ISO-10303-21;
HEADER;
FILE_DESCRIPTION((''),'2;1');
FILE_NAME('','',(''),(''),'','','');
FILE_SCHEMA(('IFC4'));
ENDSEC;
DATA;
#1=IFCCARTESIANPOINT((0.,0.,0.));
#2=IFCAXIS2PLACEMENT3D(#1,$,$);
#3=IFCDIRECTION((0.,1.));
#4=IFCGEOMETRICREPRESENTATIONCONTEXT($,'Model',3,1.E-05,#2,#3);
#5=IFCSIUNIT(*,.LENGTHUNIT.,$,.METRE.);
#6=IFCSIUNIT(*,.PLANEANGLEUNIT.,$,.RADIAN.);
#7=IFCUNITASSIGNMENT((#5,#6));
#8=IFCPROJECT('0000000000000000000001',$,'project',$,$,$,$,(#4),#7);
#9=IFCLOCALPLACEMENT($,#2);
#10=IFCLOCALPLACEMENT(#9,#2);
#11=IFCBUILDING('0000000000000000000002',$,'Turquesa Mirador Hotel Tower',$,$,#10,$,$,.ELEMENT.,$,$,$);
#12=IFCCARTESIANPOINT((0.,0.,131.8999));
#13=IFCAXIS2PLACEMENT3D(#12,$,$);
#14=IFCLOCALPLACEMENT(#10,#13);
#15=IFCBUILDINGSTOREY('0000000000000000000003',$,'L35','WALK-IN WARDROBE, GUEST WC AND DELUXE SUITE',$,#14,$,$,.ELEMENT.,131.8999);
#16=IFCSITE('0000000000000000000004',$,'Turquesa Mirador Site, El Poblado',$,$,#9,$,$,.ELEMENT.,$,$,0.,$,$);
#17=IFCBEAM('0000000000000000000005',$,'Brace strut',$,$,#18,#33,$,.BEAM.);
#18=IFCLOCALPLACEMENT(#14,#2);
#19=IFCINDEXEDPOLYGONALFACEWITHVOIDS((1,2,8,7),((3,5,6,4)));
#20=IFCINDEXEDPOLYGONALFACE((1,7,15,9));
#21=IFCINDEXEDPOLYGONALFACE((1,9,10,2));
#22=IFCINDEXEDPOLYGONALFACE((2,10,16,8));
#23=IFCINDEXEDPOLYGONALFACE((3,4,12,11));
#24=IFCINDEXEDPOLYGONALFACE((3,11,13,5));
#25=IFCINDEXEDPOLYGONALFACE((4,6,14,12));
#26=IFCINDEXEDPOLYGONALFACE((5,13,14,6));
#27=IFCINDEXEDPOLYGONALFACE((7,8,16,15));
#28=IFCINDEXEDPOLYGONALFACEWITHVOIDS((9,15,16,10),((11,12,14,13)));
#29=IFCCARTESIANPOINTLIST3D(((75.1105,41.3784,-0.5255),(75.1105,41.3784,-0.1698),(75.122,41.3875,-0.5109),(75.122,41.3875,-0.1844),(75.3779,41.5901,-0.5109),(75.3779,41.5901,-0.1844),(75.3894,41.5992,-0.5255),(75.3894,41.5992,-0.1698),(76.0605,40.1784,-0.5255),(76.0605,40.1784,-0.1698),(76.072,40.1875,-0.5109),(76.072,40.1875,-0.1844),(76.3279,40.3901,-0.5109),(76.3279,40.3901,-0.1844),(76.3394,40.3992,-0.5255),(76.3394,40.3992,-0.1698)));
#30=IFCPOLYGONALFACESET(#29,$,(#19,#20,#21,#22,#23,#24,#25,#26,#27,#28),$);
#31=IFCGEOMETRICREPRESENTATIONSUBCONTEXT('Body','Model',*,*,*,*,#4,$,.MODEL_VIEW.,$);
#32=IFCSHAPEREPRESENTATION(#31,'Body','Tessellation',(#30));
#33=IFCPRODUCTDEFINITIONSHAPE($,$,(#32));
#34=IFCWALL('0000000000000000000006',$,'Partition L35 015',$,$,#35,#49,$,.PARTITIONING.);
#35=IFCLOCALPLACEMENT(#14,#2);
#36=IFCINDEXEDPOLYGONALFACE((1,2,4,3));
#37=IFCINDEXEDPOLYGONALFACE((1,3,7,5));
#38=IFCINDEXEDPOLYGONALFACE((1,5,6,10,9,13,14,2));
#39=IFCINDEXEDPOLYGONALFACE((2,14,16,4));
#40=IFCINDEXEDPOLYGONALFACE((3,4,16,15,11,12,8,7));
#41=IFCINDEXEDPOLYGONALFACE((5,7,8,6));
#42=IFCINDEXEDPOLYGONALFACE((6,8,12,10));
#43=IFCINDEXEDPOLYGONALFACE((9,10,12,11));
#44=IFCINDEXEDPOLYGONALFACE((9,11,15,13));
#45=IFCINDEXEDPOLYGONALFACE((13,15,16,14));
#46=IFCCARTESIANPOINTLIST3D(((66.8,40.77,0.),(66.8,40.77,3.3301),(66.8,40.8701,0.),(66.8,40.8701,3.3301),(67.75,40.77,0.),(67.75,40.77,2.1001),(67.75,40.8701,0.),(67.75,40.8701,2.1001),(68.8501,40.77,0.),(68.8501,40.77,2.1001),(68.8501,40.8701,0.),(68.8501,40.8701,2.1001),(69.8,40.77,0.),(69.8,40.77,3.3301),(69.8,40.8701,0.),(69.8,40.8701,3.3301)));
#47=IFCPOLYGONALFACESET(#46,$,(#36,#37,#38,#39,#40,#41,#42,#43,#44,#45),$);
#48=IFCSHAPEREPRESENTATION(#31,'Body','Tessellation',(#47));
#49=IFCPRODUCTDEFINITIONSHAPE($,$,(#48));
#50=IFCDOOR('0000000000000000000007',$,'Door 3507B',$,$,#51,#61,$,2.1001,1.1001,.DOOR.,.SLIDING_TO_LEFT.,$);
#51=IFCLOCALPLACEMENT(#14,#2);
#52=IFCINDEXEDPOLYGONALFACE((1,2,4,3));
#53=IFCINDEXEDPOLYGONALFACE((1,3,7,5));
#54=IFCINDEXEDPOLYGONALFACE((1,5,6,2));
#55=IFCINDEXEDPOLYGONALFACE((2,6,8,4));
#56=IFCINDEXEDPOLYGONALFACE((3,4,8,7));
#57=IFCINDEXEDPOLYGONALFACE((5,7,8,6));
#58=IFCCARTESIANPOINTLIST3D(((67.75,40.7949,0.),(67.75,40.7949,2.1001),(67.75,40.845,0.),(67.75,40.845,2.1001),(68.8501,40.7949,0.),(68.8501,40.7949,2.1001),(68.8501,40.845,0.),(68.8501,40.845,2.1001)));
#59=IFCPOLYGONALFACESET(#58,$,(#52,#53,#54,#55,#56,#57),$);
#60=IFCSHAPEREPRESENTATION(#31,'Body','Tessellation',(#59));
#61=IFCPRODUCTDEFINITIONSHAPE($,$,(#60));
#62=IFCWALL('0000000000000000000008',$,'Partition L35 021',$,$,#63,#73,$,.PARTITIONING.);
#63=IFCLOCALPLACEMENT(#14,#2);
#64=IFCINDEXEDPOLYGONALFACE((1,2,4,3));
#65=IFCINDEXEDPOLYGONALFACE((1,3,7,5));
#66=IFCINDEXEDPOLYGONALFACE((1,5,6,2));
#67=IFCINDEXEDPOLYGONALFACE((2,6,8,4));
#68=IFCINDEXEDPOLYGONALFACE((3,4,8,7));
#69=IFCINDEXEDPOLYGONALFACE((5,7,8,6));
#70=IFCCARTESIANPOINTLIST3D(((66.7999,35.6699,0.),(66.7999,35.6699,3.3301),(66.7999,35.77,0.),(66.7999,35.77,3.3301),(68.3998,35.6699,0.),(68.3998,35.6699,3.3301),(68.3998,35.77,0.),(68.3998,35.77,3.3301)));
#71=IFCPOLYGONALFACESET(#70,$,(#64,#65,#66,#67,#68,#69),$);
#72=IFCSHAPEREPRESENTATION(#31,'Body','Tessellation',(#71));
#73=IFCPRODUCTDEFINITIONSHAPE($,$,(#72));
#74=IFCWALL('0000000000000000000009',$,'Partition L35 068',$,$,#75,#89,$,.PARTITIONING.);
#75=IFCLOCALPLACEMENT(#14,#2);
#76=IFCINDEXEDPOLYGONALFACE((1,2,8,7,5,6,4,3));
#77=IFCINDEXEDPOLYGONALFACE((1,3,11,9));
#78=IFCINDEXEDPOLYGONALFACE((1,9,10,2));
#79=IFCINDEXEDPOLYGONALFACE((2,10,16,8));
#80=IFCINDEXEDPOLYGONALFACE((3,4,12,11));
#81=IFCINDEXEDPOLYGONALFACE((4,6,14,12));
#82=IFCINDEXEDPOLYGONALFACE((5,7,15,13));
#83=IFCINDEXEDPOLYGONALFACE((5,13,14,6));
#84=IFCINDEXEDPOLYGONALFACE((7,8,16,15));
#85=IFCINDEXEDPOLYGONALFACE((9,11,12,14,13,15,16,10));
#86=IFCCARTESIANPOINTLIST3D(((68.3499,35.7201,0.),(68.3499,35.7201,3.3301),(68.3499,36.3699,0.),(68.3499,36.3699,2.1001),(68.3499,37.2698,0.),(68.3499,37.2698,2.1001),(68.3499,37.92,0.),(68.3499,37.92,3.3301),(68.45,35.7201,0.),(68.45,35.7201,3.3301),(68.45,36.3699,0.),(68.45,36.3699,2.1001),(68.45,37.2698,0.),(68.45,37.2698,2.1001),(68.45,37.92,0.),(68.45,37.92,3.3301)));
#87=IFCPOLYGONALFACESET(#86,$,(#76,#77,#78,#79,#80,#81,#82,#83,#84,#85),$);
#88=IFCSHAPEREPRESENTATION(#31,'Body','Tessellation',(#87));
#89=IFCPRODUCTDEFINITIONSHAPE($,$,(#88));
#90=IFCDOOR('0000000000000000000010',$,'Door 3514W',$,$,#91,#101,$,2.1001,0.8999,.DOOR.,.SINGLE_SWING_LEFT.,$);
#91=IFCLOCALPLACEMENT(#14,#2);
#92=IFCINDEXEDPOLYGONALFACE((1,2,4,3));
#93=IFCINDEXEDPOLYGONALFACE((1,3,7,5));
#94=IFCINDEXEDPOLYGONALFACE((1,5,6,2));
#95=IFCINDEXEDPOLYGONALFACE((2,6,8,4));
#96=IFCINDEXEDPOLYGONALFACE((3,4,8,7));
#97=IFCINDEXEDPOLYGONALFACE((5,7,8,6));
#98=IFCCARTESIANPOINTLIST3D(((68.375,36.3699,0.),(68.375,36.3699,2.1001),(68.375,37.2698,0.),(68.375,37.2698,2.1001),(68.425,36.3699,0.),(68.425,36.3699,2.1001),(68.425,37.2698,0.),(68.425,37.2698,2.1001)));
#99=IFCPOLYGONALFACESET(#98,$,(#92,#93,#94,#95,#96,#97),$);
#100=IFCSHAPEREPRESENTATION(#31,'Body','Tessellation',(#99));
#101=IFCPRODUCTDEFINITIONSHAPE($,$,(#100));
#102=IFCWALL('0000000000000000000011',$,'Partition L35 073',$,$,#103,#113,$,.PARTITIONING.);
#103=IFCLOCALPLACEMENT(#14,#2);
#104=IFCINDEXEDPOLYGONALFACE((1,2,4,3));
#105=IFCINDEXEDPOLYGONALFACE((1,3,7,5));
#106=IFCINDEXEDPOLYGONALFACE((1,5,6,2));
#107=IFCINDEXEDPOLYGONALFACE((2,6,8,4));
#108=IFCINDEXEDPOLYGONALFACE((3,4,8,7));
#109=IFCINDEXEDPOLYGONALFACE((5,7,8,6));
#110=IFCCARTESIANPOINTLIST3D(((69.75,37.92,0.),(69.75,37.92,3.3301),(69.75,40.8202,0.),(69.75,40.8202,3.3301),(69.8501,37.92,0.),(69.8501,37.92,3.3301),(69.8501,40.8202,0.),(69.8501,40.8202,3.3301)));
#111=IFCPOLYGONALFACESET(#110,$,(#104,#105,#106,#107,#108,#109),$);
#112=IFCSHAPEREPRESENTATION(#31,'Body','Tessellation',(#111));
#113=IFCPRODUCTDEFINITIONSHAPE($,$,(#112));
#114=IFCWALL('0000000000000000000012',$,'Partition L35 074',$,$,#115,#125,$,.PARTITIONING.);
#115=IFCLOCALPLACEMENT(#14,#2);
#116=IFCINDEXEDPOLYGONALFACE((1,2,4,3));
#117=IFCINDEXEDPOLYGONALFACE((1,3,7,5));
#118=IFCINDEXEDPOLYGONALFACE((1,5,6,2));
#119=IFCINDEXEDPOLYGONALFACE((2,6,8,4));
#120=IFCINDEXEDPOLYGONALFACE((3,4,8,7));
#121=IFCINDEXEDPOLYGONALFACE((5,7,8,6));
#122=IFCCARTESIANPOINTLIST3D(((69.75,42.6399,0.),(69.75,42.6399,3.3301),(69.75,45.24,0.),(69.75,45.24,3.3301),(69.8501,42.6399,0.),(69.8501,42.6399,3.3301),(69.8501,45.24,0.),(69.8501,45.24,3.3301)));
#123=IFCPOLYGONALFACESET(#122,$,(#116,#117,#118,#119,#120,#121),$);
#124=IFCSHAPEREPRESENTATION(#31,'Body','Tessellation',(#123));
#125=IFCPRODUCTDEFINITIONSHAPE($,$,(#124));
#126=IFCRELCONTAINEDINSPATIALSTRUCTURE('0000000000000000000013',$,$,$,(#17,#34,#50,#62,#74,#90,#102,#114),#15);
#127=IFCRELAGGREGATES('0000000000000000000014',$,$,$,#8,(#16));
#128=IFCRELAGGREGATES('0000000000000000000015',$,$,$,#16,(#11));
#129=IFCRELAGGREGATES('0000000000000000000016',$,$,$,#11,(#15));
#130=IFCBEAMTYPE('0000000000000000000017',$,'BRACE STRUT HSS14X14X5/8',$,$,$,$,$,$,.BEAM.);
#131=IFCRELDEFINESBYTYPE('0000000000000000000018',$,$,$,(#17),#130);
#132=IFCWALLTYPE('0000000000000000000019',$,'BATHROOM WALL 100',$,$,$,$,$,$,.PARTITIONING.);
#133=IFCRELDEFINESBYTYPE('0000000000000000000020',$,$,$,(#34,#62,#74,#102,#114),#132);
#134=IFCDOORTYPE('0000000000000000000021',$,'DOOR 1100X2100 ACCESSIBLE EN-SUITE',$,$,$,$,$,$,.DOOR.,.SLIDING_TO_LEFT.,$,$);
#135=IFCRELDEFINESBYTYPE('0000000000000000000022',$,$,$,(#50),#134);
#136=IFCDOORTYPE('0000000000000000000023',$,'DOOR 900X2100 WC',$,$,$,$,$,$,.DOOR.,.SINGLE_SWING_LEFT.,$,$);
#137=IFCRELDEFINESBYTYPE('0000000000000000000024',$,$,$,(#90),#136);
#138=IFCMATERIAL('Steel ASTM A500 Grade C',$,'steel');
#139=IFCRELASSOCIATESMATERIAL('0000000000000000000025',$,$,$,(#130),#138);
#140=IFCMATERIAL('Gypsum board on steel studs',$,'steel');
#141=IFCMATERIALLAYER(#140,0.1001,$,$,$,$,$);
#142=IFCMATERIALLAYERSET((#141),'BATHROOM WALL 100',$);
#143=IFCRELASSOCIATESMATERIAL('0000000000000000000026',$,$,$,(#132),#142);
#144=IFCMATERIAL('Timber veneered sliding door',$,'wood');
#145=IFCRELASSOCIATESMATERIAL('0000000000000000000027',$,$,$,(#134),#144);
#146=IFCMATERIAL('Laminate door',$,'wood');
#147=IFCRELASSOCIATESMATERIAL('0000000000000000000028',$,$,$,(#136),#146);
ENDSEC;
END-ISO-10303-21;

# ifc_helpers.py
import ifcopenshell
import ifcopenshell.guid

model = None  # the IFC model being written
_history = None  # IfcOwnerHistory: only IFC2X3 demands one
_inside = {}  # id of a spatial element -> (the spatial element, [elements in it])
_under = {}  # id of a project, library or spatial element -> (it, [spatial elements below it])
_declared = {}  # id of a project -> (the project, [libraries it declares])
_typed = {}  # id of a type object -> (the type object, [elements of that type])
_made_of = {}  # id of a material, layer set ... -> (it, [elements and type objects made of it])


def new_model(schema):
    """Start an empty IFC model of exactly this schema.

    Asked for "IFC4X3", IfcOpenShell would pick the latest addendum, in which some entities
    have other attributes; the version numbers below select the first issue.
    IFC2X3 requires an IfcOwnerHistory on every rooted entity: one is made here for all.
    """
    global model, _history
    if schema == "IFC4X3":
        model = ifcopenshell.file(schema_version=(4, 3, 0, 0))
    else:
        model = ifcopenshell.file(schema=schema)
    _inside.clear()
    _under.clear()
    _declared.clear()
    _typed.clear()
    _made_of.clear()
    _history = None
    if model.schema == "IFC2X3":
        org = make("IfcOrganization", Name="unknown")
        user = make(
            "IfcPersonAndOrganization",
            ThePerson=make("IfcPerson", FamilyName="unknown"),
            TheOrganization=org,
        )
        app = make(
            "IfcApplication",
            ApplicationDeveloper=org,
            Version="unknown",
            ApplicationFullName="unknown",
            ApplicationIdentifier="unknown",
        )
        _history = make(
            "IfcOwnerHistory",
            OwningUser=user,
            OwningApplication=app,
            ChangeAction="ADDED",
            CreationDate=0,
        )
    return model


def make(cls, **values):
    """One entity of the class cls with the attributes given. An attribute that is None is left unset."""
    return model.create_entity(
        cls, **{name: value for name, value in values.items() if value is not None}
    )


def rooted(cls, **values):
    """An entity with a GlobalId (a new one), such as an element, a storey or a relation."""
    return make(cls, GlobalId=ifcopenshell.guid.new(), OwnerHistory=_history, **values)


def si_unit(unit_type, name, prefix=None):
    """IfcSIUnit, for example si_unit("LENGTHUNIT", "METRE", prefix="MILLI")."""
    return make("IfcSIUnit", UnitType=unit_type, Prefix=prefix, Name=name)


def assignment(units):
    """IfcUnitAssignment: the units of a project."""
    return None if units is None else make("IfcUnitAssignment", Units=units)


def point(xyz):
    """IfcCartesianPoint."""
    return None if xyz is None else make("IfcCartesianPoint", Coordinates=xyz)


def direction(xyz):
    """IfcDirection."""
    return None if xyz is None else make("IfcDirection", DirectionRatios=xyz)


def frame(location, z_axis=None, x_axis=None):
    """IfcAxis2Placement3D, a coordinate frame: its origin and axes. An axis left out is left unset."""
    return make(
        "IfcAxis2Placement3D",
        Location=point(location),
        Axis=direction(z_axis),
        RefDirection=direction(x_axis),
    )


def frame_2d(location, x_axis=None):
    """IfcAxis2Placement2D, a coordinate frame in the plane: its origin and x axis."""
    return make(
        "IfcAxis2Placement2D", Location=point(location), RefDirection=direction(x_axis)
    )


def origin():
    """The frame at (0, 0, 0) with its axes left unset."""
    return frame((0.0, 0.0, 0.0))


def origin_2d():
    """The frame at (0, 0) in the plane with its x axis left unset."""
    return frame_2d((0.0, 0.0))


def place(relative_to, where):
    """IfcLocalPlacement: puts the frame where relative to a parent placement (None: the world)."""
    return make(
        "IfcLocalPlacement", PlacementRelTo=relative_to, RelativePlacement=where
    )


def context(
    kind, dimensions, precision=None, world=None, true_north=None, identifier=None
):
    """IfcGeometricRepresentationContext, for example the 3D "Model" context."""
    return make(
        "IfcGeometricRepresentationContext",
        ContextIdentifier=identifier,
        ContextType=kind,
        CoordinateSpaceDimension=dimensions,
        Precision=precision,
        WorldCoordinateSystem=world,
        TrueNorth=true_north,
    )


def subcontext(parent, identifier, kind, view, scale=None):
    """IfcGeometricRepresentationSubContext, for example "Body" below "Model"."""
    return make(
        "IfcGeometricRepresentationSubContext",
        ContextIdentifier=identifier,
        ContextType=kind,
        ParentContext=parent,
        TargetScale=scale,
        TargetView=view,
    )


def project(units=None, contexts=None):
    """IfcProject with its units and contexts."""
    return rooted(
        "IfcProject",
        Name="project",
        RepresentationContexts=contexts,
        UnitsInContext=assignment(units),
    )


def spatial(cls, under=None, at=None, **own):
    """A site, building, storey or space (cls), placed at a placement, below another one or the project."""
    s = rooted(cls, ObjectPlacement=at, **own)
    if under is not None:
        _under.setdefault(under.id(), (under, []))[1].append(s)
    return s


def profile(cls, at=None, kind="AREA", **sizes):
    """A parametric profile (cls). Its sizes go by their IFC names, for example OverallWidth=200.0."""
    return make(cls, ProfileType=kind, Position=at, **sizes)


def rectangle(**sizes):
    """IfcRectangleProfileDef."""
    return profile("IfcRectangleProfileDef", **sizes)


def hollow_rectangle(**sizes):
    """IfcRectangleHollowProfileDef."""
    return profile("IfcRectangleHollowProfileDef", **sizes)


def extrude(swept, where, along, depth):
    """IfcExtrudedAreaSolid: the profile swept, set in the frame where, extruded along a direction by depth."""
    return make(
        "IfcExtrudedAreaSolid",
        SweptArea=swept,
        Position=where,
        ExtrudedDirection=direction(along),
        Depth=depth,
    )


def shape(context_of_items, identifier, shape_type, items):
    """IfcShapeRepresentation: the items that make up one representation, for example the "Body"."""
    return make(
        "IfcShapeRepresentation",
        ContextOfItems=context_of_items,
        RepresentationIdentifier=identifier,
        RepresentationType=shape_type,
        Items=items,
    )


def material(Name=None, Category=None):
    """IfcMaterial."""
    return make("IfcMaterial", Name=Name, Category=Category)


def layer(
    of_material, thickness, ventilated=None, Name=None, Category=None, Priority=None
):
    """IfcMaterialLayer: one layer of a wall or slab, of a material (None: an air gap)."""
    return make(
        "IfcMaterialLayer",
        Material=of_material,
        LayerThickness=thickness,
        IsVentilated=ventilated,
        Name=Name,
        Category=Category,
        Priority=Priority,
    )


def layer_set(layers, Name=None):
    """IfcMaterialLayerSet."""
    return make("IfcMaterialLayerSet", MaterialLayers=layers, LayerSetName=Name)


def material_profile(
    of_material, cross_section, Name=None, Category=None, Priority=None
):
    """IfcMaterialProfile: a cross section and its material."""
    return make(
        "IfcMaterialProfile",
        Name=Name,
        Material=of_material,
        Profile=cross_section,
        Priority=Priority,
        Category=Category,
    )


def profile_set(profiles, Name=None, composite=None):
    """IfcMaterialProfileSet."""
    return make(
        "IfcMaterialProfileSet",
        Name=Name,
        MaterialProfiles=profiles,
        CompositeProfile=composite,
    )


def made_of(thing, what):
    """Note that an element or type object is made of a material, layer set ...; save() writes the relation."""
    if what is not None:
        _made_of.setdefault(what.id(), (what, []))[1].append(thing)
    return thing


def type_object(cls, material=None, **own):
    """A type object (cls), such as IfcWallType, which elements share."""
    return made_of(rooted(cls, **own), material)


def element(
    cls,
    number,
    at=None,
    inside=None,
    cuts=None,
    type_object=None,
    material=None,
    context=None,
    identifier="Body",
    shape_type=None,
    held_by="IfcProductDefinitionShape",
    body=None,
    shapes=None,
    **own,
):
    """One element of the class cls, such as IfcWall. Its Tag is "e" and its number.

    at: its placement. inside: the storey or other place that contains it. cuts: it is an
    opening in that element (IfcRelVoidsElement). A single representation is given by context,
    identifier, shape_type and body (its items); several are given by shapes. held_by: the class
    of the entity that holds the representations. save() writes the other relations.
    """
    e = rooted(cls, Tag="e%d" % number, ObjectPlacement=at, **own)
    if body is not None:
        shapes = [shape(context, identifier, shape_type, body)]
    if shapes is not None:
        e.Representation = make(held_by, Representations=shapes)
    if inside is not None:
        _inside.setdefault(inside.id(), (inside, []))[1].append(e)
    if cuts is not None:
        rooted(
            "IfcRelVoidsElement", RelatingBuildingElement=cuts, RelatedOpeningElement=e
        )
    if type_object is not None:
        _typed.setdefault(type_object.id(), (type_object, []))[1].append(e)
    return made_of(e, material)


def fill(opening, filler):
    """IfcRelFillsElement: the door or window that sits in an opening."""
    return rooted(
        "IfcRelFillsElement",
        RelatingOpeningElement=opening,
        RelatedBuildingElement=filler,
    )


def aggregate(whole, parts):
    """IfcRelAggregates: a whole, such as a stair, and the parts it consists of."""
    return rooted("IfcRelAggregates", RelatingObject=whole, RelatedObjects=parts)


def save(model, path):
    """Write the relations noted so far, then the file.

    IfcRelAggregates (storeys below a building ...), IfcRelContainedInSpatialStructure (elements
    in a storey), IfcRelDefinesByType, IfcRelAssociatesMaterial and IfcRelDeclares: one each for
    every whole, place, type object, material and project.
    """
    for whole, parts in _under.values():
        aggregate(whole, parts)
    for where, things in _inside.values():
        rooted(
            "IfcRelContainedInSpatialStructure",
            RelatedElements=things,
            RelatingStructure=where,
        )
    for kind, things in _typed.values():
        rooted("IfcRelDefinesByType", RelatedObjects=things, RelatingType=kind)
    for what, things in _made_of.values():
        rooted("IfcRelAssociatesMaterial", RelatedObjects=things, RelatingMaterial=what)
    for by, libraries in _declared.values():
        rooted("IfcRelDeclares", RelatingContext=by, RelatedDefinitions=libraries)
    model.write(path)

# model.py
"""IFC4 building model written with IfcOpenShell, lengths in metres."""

from ifc_helpers import new_model, si_unit, direction, frame, frame_2d, origin, origin_2d, place, context, subcontext, project, spatial, rectangle, hollow_rectangle, extrude, material, layer, layer_set, material_profile, profile_set, type_object, element, fill, save


model = new_model("IFC4")

# Units and contexts
model_context = context("Model", 3, precision=1e-05, world=origin(), true_north=direction((0.0, 1.0)))
body_context = subcontext(model_context, "Body", "Model", "MODEL_VIEW")
ifc_project = project(units=[si_unit("LENGTHUNIT", "METRE"), si_unit("PLANEANGLEUNIT", "RADIAN")], contexts=[model_context])

# Site, building, storey
site_placement = place(None, origin())
site = spatial("IfcSite", under=ifc_project, at=site_placement, Name="Turquesa Mirador Site, El Poblado", CompositionType="ELEMENT", RefElevation=0.0)
building_placement = place(site_placement, origin())
building = spatial("IfcBuilding", under=site, at=building_placement, Name="Turquesa Mirador Hotel Tower", CompositionType="ELEMENT")
storey_placement = place(building_placement, frame((0.0, 0.0, 131.8999)))
storey = spatial("IfcBuildingStorey", under=building, at=storey_placement, Name="L35", Description="WALK-IN WARDROBE, GUEST WC AND DELUXE SUITE", CompositionType="ELEMENT", Elevation=131.8999)

# Beam
ifc_material_1 = material(Name="Steel ASTM A500 Grade C", Category="steel")
ifc_material_profile_1 = material_profile(ifc_material_1, hollow_rectangle(XDim=0.3557, YDim=0.3557, WallThickness=0.0146, at=origin_2d()), Name="HSS14X14X5/8")
ifc_profile_set_1 = profile_set([ifc_material_profile_1], Name="Steel ASTM A500 Grade C")
beam_type_1 = type_object("IfcBeamType", Name="BRACE STRUT HSS14X14X5/8", PredefinedType="BEAM", material=ifc_profile_set_1)
for number, where, z_axis, x_axis, name in (
    (1, (76.2, 40.2888, -0.3477), (-0.620699, 0.784049, 0.0), (-0.784049, -0.620699, 0.0), "Brace strut"),
):
    element("IfcBeam", number, at=place(storey_placement, frame(where, z_axis=z_axis, x_axis=x_axis)), inside=storey, type_object=beam_type_1, Name=name, PredefinedType="BEAM", context=body_context, shape_type="SweptSolid", body=[
        extrude(hollow_rectangle(XDim=0.3557, YDim=0.3557, WallThickness=0.0146, at=origin_2d()), origin(), (0.0, 0.0, 1.0), 1.5305),
    ])

# Wall, opening, door
ifc_material_2 = material(Name="Gypsum board on steel studs", Category="steel")
ifc_layer_1 = layer(ifc_material_2, 0.1001)
ifc_layer_set_1 = layer_set([ifc_layer_1], Name="BATHROOM WALL 100")
wall_type_1 = type_object("IfcWallType", Name="BATHROOM WALL 100", PredefinedType="PARTITIONING", material=ifc_layer_set_1)
wall_1_placement = place(storey_placement, frame((66.8, 40.8201, 0.0), z_axis=(0.0, 0.0, 1.0), x_axis=(1.0, 0.0, 0.0)))
wall_1 = element("IfcWall", 2, at=wall_1_placement, inside=storey, type_object=wall_type_1, Name="Partition L35 015", PredefinedType="PARTITIONING", context=body_context, shape_type="SweptSolid", body=[
    extrude(rectangle(XDim=3.0, YDim=0.1001, at=frame_2d((1.5, 0.0))), origin(), (0.0, 0.0, 1.0), 3.3301),
])
opening_1_placement = place(wall_1_placement, frame((0.95, 0.0, 0.0)))
opening_1 = element("IfcOpeningElement", 3, at=opening_1_placement, cuts=wall_1, PredefinedType="OPENING", context=body_context, shape_type="SweptSolid", body=[
    extrude(rectangle(XDim=1.1001, YDim=2.1001, at=frame_2d((0.55, 1.05))), frame((0.0, 0.0601, 0.0), z_axis=(0.0, -1.0, 0.0), x_axis=(1.0, 0.0, 0.0)), (0.0, 0.0, 1.0), 0.1201),
])
ifc_material_3 = material(Name="Timber veneered sliding door", Category="wood")
door_type_1 = type_object("IfcDoorType", Name="DOOR 1100X2100 ACCESSIBLE EN-SUITE", OperationType="SLIDING_TO_LEFT", PredefinedType="DOOR", material=ifc_material_3)
door_1_placement = place(opening_1_placement, origin())
door_1 = element("IfcDoor", 4, at=door_1_placement, inside=storey, type_object=door_type_1, Name="Door 3507B", OperationType="SLIDING_TO_LEFT", OverallHeight=2.1001, OverallWidth=1.1001, PredefinedType="DOOR", context=body_context, shape_type="SweptSolid", body=[
    extrude(rectangle(XDim=1.1001, YDim=2.1001, at=frame_2d((0.55, 1.05))), frame((0.0, 0.0249, 0.0), z_axis=(0.0, -1.0, 0.0), x_axis=(1.0, 0.0, 0.0)), (0.0, 0.0, 1.0), 0.05),
])
fill(opening_1, door_1)

# Wall
wall_2_placement = place(storey_placement, frame((66.8, 35.72, 0.0), z_axis=(0.0, 0.0, 1.0), x_axis=(1.0, 0.0, 0.0)))
element("IfcWall", 5, at=wall_2_placement, inside=storey, type_object=wall_type_1, Name="Partition L35 021", PredefinedType="PARTITIONING", context=body_context, shape_type="SweptSolid", body=[
    extrude(rectangle(XDim=1.5999, YDim=0.1001, at=frame_2d((0.7998, 0.0))), origin(), (0.0, 0.0, 1.0), 3.3301),
])

# Wall, opening, door
wall_3_placement = place(storey_placement, frame((68.3999, 35.72, 0.0), z_axis=(0.0, 0.0, 1.0), x_axis=(0.0, 1.0, 0.0)))
wall_3 = element("IfcWall", 6, at=wall_3_placement, inside=storey, type_object=wall_type_1, Name="Partition L35 068", PredefinedType="PARTITIONING", context=body_context, shape_type="SweptSolid", body=[
    extrude(rectangle(XDim=2.2, YDim=0.1001, at=frame_2d((1.1001, 0.0))), origin(), (0.0, 0.0, 1.0), 3.3301),
])
opening_2_placement = place(wall_3_placement, frame((0.6499, 0.0, 0.0)))
opening_2 = element("IfcOpeningElement", 7, at=opening_2_placement, cuts=wall_3, PredefinedType="OPENING", context=body_context, shape_type="SweptSolid", body=[
    extrude(rectangle(XDim=0.8999, YDim=2.1001, at=frame_2d((0.45, 1.05))), frame((0.0, 0.0601, 0.0), z_axis=(0.0, -1.0, 0.0), x_axis=(1.0, 0.0, 0.0)), (0.0, 0.0, 1.0), 0.1201),
])
ifc_material_4 = material(Name="Laminate door", Category="wood")
door_type_2 = type_object("IfcDoorType", Name="DOOR 900X2100 WC", OperationType="SINGLE_SWING_LEFT", PredefinedType="DOOR", material=ifc_material_4)
door_2_placement = place(opening_2_placement, origin())
door_2 = element("IfcDoor", 8, at=door_2_placement, inside=storey, type_object=door_type_2, Name="Door 3514W", OperationType="SINGLE_SWING_LEFT", OverallHeight=2.1001, OverallWidth=0.8999, PredefinedType="DOOR", context=body_context, shape_type="SweptSolid", body=[
    extrude(rectangle(XDim=0.8999, YDim=2.1001, at=frame_2d((0.45, 1.05))), frame((0.0, 0.0249, 0.0), z_axis=(0.0, -1.0, 0.0), x_axis=(1.0, 0.0, 0.0)), (0.0, 0.0, 1.0), 0.05),
])
fill(opening_2, door_2)

# Walls
wall_4_placement = place(storey_placement, frame((69.8, 37.9199, 0.0), z_axis=(0.0, 0.0, 1.0), x_axis=(0.0, 1.0, 0.0)))
element("IfcWall", 9, at=wall_4_placement, inside=storey, type_object=wall_type_1, Name="Partition L35 073", PredefinedType="PARTITIONING", context=body_context, shape_type="SweptSolid", body=[
    extrude(rectangle(XDim=2.9001, YDim=0.1001, at=frame_2d((1.4502, 0.0))), origin(), (0.0, 0.0, 1.0), 3.3301),
])
wall_5_placement = place(storey_placement, frame((69.8, 42.6399, 0.0), z_axis=(0.0, 0.0, 1.0), x_axis=(0.0, 1.0, 0.0)))
element("IfcWall", 10, at=wall_5_placement, inside=storey, type_object=wall_type_1, Name="Partition L35 074", PredefinedType="PARTITIONING", context=body_context, shape_type="SweptSolid", body=[
    extrude(rectangle(XDim=2.6001, YDim=0.1001, at=frame_2d((1.3, 0.0))), origin(), (0.0, 0.0, 1.0), 3.3301),
])

save(model, "model.ifc")
